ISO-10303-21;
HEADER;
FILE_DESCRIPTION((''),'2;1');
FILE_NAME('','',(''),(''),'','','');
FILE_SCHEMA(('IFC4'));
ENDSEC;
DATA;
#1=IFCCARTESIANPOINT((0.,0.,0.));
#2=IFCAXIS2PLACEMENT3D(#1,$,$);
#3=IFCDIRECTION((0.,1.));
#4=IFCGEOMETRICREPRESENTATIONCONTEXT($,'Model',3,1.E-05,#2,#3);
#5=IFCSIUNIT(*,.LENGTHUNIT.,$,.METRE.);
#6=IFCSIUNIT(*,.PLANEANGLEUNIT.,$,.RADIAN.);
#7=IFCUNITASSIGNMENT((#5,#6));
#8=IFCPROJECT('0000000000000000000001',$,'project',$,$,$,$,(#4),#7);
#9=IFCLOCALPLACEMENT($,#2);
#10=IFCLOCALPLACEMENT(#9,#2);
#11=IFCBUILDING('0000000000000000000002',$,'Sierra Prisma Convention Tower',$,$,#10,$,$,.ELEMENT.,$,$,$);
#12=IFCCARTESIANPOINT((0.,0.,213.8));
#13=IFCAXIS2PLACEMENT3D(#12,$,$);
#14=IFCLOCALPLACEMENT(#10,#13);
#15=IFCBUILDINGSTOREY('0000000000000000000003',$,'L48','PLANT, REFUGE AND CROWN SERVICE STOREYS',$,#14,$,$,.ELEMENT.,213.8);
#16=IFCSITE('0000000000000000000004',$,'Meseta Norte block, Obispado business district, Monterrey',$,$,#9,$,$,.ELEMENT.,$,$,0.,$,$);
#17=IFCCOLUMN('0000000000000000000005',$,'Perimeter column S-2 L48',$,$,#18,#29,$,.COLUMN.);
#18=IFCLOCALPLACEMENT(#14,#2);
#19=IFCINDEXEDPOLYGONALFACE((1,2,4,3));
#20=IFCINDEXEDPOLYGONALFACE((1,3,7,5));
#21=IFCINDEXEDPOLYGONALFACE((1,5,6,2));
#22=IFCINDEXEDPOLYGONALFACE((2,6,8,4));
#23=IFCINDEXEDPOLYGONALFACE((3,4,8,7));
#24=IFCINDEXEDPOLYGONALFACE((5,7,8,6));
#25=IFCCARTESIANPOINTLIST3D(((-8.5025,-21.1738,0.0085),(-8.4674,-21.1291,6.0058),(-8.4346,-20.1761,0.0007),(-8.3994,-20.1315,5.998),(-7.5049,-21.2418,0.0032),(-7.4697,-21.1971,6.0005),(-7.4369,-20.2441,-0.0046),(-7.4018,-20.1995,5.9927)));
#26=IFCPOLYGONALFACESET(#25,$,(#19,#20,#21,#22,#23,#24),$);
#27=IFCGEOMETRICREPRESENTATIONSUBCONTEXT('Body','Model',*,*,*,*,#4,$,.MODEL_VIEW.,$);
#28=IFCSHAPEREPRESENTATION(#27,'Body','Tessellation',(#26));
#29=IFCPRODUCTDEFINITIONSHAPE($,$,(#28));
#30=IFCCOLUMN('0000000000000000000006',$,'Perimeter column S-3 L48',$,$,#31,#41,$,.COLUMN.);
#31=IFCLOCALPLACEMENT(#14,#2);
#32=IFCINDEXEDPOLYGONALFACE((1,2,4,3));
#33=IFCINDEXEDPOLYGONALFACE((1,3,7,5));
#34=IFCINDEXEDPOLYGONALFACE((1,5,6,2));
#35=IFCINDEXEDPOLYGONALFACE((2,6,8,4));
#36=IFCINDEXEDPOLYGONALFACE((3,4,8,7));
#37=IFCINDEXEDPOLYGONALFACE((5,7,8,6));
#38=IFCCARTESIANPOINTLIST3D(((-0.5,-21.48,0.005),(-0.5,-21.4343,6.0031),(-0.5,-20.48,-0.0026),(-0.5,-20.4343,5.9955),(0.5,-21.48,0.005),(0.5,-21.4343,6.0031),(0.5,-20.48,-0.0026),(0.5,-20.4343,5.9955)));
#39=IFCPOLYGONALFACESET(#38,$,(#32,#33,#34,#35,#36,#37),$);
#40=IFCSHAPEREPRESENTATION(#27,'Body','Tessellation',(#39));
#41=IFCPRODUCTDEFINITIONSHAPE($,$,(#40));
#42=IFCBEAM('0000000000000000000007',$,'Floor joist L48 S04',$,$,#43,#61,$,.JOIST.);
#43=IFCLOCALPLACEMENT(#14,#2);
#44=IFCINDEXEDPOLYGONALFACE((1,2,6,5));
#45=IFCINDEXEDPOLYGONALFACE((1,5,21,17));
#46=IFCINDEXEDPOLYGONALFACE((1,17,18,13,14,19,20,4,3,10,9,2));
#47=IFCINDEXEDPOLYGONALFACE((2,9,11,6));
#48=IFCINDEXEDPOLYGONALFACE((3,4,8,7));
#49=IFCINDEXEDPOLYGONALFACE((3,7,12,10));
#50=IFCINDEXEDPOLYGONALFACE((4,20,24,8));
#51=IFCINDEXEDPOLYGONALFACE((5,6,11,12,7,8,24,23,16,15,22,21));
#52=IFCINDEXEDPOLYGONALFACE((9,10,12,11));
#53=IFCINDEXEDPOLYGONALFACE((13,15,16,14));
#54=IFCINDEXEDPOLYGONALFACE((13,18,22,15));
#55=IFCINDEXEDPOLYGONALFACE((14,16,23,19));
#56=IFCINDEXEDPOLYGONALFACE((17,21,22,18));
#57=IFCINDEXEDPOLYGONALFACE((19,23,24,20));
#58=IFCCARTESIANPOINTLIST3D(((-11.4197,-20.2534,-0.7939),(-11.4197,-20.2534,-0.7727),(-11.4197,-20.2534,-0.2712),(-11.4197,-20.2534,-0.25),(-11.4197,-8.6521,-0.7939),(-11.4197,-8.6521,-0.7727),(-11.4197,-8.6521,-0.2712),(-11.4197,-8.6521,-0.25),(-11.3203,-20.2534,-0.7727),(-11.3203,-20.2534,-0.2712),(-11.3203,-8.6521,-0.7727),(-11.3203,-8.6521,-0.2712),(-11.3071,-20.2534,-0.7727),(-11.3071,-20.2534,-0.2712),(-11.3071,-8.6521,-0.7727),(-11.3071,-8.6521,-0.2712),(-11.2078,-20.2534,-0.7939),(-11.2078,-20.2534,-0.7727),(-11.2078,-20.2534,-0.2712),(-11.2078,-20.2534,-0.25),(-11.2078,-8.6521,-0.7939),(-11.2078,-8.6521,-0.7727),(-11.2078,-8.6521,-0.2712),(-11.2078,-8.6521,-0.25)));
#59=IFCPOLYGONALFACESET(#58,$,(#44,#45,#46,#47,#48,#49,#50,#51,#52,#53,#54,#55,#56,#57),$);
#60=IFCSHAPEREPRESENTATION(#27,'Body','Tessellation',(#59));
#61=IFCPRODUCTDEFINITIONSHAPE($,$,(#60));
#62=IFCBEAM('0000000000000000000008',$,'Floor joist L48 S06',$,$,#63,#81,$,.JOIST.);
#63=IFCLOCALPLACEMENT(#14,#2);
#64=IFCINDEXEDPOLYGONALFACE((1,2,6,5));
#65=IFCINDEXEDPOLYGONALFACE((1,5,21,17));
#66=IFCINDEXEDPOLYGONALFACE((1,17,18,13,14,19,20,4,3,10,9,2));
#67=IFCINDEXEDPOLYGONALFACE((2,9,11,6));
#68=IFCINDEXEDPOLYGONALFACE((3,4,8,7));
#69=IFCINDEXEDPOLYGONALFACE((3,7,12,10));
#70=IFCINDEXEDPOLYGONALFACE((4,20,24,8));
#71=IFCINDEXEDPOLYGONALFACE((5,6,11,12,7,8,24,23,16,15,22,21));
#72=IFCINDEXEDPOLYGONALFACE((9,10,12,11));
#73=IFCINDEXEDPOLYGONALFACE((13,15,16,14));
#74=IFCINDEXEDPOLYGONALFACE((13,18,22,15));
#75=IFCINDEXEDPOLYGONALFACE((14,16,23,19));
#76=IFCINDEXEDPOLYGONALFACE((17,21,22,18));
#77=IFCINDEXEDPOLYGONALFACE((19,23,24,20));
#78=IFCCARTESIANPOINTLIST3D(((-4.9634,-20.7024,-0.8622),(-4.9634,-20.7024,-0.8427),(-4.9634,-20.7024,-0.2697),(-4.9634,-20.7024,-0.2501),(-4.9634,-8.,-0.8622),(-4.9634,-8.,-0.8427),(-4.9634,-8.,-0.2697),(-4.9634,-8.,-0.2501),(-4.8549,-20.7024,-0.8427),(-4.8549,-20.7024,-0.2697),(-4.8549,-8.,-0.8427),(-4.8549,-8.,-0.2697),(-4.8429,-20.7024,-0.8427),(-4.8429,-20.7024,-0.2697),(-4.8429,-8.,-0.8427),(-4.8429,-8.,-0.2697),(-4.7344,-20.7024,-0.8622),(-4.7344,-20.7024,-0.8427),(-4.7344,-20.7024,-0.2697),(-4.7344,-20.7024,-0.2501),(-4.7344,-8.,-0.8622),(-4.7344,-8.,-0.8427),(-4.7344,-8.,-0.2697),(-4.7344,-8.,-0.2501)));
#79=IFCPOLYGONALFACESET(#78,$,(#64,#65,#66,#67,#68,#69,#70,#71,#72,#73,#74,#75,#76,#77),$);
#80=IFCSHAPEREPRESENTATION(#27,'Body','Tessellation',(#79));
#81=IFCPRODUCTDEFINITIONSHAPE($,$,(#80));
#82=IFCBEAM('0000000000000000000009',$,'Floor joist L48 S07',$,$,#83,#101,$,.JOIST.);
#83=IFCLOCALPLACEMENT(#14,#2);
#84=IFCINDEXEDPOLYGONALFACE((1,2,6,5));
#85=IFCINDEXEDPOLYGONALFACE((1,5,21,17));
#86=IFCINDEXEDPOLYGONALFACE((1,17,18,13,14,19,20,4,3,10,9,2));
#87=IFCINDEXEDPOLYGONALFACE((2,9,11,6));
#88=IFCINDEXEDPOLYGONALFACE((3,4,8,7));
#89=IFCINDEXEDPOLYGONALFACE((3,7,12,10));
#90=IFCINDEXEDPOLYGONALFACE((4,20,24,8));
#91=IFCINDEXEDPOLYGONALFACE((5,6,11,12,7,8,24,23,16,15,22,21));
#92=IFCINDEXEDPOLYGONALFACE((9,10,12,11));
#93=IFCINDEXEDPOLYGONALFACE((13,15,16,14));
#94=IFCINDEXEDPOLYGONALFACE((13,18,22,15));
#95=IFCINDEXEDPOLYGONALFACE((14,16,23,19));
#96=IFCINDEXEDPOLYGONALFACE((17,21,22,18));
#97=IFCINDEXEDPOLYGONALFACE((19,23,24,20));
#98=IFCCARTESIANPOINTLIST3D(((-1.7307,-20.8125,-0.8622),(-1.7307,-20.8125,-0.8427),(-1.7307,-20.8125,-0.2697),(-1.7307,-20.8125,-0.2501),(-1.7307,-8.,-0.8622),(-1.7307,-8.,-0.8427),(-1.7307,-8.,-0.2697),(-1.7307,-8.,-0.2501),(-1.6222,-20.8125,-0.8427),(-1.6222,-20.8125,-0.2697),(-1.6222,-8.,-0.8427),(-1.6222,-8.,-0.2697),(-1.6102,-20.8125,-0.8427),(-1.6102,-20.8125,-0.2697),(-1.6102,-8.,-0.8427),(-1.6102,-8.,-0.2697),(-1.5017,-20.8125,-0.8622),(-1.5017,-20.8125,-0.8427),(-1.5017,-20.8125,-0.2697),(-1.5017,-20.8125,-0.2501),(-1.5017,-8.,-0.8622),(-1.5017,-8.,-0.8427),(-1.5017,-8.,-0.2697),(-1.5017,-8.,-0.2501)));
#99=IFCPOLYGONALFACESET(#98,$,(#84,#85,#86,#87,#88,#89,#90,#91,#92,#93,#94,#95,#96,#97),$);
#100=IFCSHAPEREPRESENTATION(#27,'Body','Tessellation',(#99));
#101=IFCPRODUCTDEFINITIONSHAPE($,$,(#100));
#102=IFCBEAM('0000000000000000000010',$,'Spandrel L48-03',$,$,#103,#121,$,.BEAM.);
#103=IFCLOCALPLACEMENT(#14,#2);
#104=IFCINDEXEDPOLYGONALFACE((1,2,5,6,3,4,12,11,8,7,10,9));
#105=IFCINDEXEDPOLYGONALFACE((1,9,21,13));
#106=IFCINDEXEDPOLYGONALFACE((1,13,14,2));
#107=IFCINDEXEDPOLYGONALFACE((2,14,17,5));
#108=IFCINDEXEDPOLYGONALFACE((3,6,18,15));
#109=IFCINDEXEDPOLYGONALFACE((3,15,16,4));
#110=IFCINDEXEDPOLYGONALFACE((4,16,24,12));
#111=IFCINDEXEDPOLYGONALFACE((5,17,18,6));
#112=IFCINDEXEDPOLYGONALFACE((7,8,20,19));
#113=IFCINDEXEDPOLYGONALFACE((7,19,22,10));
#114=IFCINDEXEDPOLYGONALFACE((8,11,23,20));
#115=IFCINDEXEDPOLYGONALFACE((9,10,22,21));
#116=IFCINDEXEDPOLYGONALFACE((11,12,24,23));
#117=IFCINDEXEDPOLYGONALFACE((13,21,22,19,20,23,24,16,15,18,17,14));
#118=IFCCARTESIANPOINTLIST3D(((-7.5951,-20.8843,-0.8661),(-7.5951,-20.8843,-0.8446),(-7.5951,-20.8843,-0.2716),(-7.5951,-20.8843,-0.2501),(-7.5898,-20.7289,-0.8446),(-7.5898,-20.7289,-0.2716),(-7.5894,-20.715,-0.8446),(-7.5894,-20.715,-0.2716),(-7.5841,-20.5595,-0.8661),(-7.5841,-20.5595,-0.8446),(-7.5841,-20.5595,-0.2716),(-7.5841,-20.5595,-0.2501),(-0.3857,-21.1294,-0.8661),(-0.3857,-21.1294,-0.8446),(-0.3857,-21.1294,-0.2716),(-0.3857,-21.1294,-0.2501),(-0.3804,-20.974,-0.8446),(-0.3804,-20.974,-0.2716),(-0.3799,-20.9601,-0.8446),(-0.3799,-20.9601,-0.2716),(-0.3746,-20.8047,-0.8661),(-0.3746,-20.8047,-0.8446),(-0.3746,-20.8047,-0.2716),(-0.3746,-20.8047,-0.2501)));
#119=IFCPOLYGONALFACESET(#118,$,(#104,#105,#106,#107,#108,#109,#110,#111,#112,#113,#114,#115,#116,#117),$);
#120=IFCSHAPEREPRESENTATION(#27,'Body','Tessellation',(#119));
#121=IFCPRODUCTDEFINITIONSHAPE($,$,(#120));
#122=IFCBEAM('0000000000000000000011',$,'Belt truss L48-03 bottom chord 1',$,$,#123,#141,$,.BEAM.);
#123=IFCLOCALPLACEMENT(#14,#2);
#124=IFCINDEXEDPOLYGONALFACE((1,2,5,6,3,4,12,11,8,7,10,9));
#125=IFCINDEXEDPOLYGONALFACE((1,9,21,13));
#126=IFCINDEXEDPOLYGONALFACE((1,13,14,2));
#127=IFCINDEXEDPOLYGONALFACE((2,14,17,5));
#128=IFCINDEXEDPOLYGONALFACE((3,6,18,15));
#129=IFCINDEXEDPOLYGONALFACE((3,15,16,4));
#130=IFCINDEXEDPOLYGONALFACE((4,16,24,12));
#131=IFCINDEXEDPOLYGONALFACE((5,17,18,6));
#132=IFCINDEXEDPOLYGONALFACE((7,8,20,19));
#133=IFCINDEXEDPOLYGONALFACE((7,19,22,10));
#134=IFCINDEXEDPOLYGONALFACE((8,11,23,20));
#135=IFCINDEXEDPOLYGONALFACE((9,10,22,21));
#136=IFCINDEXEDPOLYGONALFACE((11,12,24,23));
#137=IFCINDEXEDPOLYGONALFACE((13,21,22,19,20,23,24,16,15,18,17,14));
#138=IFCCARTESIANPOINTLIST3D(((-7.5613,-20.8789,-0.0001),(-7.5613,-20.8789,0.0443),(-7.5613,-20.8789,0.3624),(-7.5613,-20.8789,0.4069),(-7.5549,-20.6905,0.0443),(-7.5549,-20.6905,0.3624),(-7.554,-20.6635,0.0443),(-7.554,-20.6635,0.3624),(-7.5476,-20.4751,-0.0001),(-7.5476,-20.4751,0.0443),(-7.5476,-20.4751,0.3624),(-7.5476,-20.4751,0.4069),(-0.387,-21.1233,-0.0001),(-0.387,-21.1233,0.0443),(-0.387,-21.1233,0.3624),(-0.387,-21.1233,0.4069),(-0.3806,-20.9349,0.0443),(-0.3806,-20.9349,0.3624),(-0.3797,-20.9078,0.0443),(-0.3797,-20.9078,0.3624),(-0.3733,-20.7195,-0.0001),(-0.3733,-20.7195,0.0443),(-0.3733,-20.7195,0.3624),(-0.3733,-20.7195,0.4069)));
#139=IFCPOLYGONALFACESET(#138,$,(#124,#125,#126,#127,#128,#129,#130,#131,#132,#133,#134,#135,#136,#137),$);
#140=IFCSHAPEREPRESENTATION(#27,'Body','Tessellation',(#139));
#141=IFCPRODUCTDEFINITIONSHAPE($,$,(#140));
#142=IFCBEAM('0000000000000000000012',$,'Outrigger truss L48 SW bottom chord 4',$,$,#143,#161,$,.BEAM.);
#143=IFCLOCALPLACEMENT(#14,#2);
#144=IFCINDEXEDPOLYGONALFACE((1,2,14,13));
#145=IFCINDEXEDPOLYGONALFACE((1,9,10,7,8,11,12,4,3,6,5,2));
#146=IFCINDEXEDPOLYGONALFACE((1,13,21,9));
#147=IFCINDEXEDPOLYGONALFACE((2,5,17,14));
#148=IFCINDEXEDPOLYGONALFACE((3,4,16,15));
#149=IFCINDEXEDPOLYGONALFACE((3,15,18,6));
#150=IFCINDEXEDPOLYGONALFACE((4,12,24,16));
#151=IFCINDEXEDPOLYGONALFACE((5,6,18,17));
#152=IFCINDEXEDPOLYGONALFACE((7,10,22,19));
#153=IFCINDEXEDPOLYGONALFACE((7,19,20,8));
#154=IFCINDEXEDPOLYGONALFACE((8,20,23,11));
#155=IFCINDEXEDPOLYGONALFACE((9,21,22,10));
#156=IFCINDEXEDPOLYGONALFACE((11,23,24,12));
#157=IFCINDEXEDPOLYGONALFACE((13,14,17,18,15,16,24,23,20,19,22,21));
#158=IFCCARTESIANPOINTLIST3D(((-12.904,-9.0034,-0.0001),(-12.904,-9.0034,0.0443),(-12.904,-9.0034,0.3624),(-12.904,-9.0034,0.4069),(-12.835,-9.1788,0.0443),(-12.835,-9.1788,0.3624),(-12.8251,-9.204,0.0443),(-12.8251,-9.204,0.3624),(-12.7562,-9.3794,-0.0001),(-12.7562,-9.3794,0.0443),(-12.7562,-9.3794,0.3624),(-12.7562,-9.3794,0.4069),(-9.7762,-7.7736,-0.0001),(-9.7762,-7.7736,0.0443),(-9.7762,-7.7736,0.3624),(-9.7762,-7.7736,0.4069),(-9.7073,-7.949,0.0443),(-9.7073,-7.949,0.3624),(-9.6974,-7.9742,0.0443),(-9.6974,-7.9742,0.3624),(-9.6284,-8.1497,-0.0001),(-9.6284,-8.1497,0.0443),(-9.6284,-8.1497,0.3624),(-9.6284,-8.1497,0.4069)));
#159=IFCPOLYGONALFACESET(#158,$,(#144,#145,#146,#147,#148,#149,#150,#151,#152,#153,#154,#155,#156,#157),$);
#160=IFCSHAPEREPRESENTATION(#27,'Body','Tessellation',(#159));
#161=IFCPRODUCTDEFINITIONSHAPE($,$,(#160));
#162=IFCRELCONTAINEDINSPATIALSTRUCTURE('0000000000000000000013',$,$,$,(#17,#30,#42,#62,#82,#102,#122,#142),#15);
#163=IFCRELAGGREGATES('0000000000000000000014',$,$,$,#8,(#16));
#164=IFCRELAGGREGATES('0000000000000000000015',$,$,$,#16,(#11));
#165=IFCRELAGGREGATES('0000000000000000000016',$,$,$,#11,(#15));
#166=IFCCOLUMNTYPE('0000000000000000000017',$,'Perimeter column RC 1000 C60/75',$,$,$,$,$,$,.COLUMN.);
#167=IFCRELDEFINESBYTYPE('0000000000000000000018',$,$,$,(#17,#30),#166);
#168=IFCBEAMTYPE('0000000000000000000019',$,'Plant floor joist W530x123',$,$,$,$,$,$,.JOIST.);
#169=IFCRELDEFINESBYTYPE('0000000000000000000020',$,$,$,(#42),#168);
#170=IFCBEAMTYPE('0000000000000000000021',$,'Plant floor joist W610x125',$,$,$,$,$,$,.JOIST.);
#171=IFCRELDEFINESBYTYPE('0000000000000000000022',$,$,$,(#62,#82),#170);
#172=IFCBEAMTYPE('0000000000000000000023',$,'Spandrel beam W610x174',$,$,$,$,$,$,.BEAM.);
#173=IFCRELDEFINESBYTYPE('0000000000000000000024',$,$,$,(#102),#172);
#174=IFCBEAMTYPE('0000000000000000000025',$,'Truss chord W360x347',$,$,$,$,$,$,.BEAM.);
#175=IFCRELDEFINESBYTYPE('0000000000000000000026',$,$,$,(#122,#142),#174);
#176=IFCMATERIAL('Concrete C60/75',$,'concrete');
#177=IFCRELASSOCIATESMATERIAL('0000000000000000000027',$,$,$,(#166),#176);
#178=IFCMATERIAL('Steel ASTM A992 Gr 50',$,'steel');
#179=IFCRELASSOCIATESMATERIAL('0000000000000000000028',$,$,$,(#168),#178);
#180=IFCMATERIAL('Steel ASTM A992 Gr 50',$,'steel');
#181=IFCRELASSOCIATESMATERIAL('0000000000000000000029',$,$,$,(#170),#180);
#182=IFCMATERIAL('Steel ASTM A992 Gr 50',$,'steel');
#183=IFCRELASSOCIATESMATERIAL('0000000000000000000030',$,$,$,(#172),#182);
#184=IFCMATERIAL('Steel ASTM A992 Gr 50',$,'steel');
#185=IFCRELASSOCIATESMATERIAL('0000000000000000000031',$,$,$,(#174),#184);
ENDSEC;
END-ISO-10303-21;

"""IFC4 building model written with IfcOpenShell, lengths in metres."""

from ifc_helpers import new_model, si_unit, direction, frame, origin, origin_2d, place, context, subcontext, project, spatial, rectangle, i_section, extrude, clip, halfspace, material, material_profile, profile_set, type_object, element, save


model = new_model("IFC4")

# Units and contexts
model_context = context("Model", 3, precision=1e-05, world=origin(), true_north=direction((0.0, 1.0)))
body_context = subcontext(model_context, "Body", "Model", "MODEL_VIEW")
ifc_project = project(units=[si_unit("LENGTHUNIT", "METRE"), si_unit("PLANEANGLEUNIT", "RADIAN")], contexts=[model_context])

# Site, building, storey
site_placement = place(None, origin())
site = spatial("IfcSite", under=ifc_project, at=site_placement, Name="Meseta Norte block, Obispado business district, Monterrey", CompositionType="ELEMENT", RefElevation=0.0)
building_placement = place(site_placement, origin())
building = spatial("IfcBuilding", under=site, at=building_placement, Name="Sierra Prisma Convention Tower", CompositionType="ELEMENT")
storey_placement = place(building_placement, frame((0.0, 0.0, 213.8)))
storey = spatial("IfcBuildingStorey", under=building, at=storey_placement, Name="L48", Description="PLANT, REFUGE AND CROWN SERVICE STOREYS", CompositionType="ELEMENT", Elevation=213.8)

# Columns
ifc_material_1 = material(Name="Concrete C60/75", Category="concrete")
ifc_material_profile_1 = material_profile(ifc_material_1, rectangle(XDim=1.0, YDim=1.0, at=origin_2d()), Name="Perimeter column RC 1000 C60/75")
ifc_profile_set_1 = profile_set([ifc_material_profile_1], Name="Concrete C60/75")
column_type = type_object("IfcColumnType", Name="Perimeter column RC 1000 C60/75", PredefinedType="COLUMN", material=ifc_profile_set_1)
column_1_placement = place(storey_placement, frame((-7.9697, -20.709, 0.0), z_axis=(0.005859, 0.007446, 0.999955), x_axis=(-0.997672, 0.067987, 0.005339)))
element("IfcColumn", 1, at=column_1_placement, inside=storey, type_object=column_type, Name="Perimeter column S-2 L48", PredefinedType="COLUMN", context=body_context, shape_type="SweptSolid", body=[
    clip(clip(extrude(rectangle(XDim=1.0, YDim=1.0, at=origin_2d()), origin(), (0.0, 0.0, 1.0), 6.0002), halfspace(frame((0.0, 0.0, 0.002)), True)), halfspace(frame((0.0, 0.0, 5.9995)), False)),
])
column_2_placement = place(storey_placement, frame((0.0, -20.98, 0.0), z_axis=(0.0, 0.007609, 0.999971), x_axis=(1.0, 0.0, 0.0)))
element("IfcColumn", 2, at=column_2_placement, inside=storey, type_object=column_type, Name="Perimeter column S-3 L48", PredefinedType="COLUMN", context=body_context, shape_type="SweptSolid", body=[
    clip(clip(extrude(rectangle(XDim=1.0, YDim=1.0, at=origin_2d()), origin(), (0.0, 0.0, 1.0), 6.0002), halfspace(frame((0.0, 0.0, 0.0012)), True)), halfspace(frame((0.0, 0.0, 5.9995)), False)),
])

# Beams
ifc_material_2 = material(Name="Steel ASTM A992 Gr 50", Category="steel")
ifc_material_profile_2 = material_profile(ifc_material_2, i_section(OverallWidth=0.2119, OverallDepth=0.5439, WebThickness=0.0132, FlangeThickness=0.0212, at=origin_2d()), Name="W530x123")
ifc_profile_set_2 = profile_set([ifc_material_profile_2], Name="Steel ASTM A992 Gr 50")
beam_type_1 = type_object("IfcBeamType", Name="Plant floor joist W530x123", PredefinedType="JOIST", material=ifc_profile_set_2)
beam_1_placement = place(storey_placement, frame((-11.3137, -20.2534, -0.522), z_axis=(0.0, 1.0, 0.0), x_axis=(-1.0, 0.0, 0.0)))
element("IfcBeam", 3, at=beam_1_placement, inside=storey, type_object=beam_type_1, Name="Floor joist L48 S04", PredefinedType="JOIST", context=body_context, shape_type="SweptSolid", body=[
    extrude(i_section(OverallWidth=0.2119, OverallDepth=0.5439, WebThickness=0.0132, FlangeThickness=0.0212, at=origin_2d()), origin(), (0.0, 0.0, 1.0), 11.6013),
])
ifc_material_3 = material(Name="Steel ASTM A992 Gr 50", Category="steel")
ifc_material_profile_3 = material_profile(ifc_material_3, i_section(OverallWidth=0.229, OverallDepth=0.6121, WebThickness=0.012, FlangeThickness=0.0195, at=origin_2d()), Name="W610x125")
ifc_profile_set_3 = profile_set([ifc_material_profile_3], Name="Steel ASTM A992 Gr 50")
beam_type_2 = type_object("IfcBeamType", Name="Plant floor joist W610x125", PredefinedType="JOIST", material=ifc_profile_set_3)
beam_2_placement = place(storey_placement, frame((-4.8489, -20.7024, -0.5562), z_axis=(0.0, 1.0, 0.0), x_axis=(-1.0, 0.0, 0.0)))
element("IfcBeam", 4, at=beam_2_placement, inside=storey, type_object=beam_type_2, Name="Floor joist L48 S06", PredefinedType="JOIST", context=body_context, shape_type="SweptSolid", body=[
    extrude(i_section(OverallWidth=0.229, OverallDepth=0.6121, WebThickness=0.012, FlangeThickness=0.0195, at=origin_2d()), origin(), (0.0, 0.0, 1.0), 12.7024),
])
beam_3_placement = place(storey_placement, frame((-1.6162, -20.8125, -0.5562), z_axis=(0.0, 1.0, 0.0), x_axis=(-1.0, 0.0, 0.0)))
element("IfcBeam", 5, at=beam_3_placement, inside=storey, type_object=beam_type_2, Name="Floor joist L48 S07", PredefinedType="JOIST", context=body_context, shape_type="SweptSolid", body=[
    extrude(i_section(OverallWidth=0.229, OverallDepth=0.6121, WebThickness=0.012, FlangeThickness=0.0195, at=origin_2d()), origin(), (0.0, 0.0, 1.0), 12.8125),
])
ifc_material_4 = material(Name="Steel ASTM A992 Gr 50", Category="steel")
ifc_material_profile_4 = material_profile(ifc_material_4, i_section(OverallWidth=0.325, OverallDepth=0.616, WebThickness=0.0139, FlangeThickness=0.0215, at=origin_2d()), Name="W610x174")
ifc_profile_set_4 = profile_set([ifc_material_profile_4], Name="Steel ASTM A992 Gr 50")
beam_type_3 = type_object("IfcBeamType", Name="Spandrel beam W610x174", PredefinedType="BEAM", material=ifc_profile_set_4)
beam_4_placement = place(storey_placement, frame((-7.5896, -20.7219, -0.5581), z_axis=(0.999423, -0.03398, 0.0), x_axis=(0.03398, 0.999423, 0.0)))
element("IfcBeam", 6, at=beam_4_placement, inside=storey, type_object=beam_type_3, Name="Spandrel L48-03", PredefinedType="BEAM", context=body_context, shape_type="SweptSolid", body=[
    extrude(i_section(OverallWidth=0.325, OverallDepth=0.616, WebThickness=0.0139, FlangeThickness=0.0215, at=origin_2d()), origin(), (0.0, 0.0, 1.0), 7.2136),
])
ifc_material_5 = material(Name="Steel ASTM A992 Gr 50", Category="steel")
ifc_material_profile_5 = material_profile(ifc_material_5, i_section(OverallWidth=0.4041, OverallDepth=0.407, WebThickness=0.0271, FlangeThickness=0.0444, at=origin_2d()), Name="W360x347")
ifc_profile_set_5 = profile_set([ifc_material_profile_5], Name="Steel ASTM A992 Gr 50")
beam_type_4 = type_object("IfcBeamType", Name="Truss chord W360x347", PredefinedType="BEAM", material=ifc_profile_set_5)
beam_5_placement = place(storey_placement, frame((-7.5544, -20.677, 0.2034), z_axis=(0.99942, -0.034044, 0.0), x_axis=(0.034044, 0.99942, 0.0)))
element("IfcBeam", 7, at=beam_5_placement, inside=storey, type_object=beam_type_4, Name="Belt truss L48-03 bottom chord 1", PredefinedType="BEAM", context=body_context, shape_type="SweptSolid", body=[
    extrude(i_section(OverallWidth=0.4041, OverallDepth=0.407, WebThickness=0.0271, FlangeThickness=0.0444, at=origin_2d()), origin(), (0.0, 0.0, 1.0), 7.1785),
])
beam_6_placement = place(storey_placement, frame((-12.8301, -9.1914, 0.2034), z_axis=(0.93065, 0.365911, 0.0), x_axis=(-0.365911, 0.93065, 0.0)))
element("IfcBeam", 8, at=beam_6_placement, inside=storey, type_object=beam_type_4, Name="Outrigger truss L48 SW bottom chord 4", PredefinedType="BEAM", context=body_context, shape_type="SweptSolid", body=[
    extrude(i_section(OverallWidth=0.4041, OverallDepth=0.407, WebThickness=0.0271, FlangeThickness=0.0444, at=origin_2d()), origin(), (0.0, 0.0, 1.0), 3.3608),
])

save(model, "model.ifc")
